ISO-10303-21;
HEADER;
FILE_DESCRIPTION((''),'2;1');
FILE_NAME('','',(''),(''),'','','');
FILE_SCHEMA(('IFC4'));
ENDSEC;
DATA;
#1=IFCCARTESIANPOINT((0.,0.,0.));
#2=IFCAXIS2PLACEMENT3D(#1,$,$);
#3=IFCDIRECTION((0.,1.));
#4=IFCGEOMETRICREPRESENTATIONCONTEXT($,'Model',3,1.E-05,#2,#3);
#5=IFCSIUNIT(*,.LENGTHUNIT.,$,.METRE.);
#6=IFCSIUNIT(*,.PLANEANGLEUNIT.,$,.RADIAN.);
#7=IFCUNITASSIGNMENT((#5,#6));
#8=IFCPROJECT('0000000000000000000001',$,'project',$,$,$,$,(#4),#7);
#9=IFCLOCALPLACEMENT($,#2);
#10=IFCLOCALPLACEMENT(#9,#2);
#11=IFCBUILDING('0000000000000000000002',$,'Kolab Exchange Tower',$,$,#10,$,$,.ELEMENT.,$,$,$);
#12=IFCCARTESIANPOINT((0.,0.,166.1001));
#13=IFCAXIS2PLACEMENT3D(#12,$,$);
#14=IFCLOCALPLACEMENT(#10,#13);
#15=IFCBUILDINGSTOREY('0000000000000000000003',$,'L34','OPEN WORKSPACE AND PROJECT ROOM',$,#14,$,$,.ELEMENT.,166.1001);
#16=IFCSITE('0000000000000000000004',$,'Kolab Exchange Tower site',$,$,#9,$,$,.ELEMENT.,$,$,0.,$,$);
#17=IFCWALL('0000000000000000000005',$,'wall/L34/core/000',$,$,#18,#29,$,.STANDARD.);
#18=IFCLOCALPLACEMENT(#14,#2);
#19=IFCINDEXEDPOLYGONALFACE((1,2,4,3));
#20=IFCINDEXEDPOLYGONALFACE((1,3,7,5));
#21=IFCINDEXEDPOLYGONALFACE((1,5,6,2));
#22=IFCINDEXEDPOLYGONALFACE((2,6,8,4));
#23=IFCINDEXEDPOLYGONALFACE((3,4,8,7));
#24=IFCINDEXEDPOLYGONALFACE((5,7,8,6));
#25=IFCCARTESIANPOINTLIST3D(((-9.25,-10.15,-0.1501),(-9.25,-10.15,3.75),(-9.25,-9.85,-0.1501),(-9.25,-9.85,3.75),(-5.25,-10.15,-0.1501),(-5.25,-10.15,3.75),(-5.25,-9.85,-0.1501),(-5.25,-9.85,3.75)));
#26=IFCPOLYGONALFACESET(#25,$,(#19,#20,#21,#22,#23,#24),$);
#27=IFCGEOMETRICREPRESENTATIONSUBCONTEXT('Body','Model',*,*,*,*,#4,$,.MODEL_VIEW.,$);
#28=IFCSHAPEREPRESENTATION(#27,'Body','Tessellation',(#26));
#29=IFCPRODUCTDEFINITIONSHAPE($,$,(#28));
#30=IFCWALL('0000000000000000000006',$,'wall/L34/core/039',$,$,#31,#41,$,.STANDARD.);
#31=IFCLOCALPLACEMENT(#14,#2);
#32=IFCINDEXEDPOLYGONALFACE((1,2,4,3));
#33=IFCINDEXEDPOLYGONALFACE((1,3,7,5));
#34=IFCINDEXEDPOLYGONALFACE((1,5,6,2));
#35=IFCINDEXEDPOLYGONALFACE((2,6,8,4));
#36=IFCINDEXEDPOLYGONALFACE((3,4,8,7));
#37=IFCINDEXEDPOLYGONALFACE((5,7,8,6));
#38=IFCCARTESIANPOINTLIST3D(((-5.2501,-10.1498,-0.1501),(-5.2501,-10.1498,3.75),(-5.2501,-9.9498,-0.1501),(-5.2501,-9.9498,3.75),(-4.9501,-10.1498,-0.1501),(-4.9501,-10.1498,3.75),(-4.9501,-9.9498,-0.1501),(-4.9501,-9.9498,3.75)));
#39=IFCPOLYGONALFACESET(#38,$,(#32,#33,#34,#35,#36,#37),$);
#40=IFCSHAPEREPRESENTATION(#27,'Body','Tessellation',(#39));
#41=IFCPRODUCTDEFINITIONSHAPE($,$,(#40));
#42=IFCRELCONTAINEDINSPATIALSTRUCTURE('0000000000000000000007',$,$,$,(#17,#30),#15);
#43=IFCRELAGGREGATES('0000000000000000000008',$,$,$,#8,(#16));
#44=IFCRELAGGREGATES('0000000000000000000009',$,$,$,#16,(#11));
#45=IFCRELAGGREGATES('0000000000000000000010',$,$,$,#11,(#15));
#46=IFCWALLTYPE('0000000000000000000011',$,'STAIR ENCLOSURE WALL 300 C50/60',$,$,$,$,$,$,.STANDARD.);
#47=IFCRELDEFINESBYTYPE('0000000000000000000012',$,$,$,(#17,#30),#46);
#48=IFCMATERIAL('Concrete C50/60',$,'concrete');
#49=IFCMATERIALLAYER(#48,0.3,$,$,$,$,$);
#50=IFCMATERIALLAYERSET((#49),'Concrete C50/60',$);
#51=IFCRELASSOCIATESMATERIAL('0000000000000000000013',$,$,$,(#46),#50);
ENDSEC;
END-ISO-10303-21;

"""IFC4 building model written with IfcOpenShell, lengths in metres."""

from ifc_helpers import new_model, si_unit, direction, frame, frame_2d, origin, place, context, subcontext, project, spatial, rectangle, extrude, material, layer, layer_set, type_object, element, save


model = new_model("IFC4")

# Units and contexts
model_context = context("Model", 3, precision=1e-05, world=origin(), true_north=direction((0.0, 1.0)))
body_context = subcontext(model_context, "Body", "Model", "MODEL_VIEW")
ifc_project = project(units=[si_unit("LENGTHUNIT", "METRE"), si_unit("PLANEANGLEUNIT", "RADIAN")], contexts=[model_context])

# Site, building, storey
site_placement = place(None, origin())
site = spatial("IfcSite", under=ifc_project, at=site_placement, Name="Kolab Exchange Tower site", CompositionType="ELEMENT", RefElevation=0.0)
building_placement = place(site_placement, origin())
building = spatial("IfcBuilding", under=site, at=building_placement, Name="Kolab Exchange Tower", CompositionType="ELEMENT")
storey_placement = place(building_placement, frame((0.0, 0.0, 166.1001)))
storey = spatial("IfcBuildingStorey", under=building, at=storey_placement, Name="L34", Description="OPEN WORKSPACE AND PROJECT ROOM", CompositionType="ELEMENT", Elevation=166.1001)

# Walls
ifc_material_1 = material(Name="Concrete C50/60", Category="concrete")
ifc_layer_1 = layer(ifc_material_1, 0.3)
ifc_layer_set_1 = layer_set([ifc_layer_1], Name="Concrete C50/60")
wall_type_1 = type_object("IfcWallType", Name="STAIR ENCLOSURE WALL 300 C50/60", PredefinedType="STANDARD", material=ifc_layer_set_1)
wall_1_placement = place(storey_placement, frame((-9.25, -10.0, -0.1501), z_axis=(0.0, 0.0, 1.0), x_axis=(1.0, 0.0, 0.0)))
element("IfcWall", 1, at=wall_1_placement, inside=storey, type_object=wall_type_1, Name="wall/L34/core/000", PredefinedType="STANDARD", context=body_context, shape_type="SweptSolid", body=[
    extrude(rectangle(XDim=4.0, YDim=0.3, at=frame_2d((2.0, 0.0))), origin(), (0.0, 0.0, 1.0), 3.9001),
])
wall_2_placement = place(storey_placement, frame((-5.1001, -10.1499, -0.1501), z_axis=(0.0, 0.0, 1.0), x_axis=(0.0, 1.0, 0.0)))
element("IfcWall", 2, at=wall_2_placement, inside=storey, type_object=wall_type_1, Name="wall/L34/core/039", PredefinedType="STANDARD", context=body_context, shape_type="SweptSolid", body=[
    extrude(rectangle(XDim=0.2, YDim=0.3, at=frame_2d((0.1001, 0.0))), origin(), (0.0, 0.0, 1.0), 3.9001),
])

save(model, "model.ifc")
